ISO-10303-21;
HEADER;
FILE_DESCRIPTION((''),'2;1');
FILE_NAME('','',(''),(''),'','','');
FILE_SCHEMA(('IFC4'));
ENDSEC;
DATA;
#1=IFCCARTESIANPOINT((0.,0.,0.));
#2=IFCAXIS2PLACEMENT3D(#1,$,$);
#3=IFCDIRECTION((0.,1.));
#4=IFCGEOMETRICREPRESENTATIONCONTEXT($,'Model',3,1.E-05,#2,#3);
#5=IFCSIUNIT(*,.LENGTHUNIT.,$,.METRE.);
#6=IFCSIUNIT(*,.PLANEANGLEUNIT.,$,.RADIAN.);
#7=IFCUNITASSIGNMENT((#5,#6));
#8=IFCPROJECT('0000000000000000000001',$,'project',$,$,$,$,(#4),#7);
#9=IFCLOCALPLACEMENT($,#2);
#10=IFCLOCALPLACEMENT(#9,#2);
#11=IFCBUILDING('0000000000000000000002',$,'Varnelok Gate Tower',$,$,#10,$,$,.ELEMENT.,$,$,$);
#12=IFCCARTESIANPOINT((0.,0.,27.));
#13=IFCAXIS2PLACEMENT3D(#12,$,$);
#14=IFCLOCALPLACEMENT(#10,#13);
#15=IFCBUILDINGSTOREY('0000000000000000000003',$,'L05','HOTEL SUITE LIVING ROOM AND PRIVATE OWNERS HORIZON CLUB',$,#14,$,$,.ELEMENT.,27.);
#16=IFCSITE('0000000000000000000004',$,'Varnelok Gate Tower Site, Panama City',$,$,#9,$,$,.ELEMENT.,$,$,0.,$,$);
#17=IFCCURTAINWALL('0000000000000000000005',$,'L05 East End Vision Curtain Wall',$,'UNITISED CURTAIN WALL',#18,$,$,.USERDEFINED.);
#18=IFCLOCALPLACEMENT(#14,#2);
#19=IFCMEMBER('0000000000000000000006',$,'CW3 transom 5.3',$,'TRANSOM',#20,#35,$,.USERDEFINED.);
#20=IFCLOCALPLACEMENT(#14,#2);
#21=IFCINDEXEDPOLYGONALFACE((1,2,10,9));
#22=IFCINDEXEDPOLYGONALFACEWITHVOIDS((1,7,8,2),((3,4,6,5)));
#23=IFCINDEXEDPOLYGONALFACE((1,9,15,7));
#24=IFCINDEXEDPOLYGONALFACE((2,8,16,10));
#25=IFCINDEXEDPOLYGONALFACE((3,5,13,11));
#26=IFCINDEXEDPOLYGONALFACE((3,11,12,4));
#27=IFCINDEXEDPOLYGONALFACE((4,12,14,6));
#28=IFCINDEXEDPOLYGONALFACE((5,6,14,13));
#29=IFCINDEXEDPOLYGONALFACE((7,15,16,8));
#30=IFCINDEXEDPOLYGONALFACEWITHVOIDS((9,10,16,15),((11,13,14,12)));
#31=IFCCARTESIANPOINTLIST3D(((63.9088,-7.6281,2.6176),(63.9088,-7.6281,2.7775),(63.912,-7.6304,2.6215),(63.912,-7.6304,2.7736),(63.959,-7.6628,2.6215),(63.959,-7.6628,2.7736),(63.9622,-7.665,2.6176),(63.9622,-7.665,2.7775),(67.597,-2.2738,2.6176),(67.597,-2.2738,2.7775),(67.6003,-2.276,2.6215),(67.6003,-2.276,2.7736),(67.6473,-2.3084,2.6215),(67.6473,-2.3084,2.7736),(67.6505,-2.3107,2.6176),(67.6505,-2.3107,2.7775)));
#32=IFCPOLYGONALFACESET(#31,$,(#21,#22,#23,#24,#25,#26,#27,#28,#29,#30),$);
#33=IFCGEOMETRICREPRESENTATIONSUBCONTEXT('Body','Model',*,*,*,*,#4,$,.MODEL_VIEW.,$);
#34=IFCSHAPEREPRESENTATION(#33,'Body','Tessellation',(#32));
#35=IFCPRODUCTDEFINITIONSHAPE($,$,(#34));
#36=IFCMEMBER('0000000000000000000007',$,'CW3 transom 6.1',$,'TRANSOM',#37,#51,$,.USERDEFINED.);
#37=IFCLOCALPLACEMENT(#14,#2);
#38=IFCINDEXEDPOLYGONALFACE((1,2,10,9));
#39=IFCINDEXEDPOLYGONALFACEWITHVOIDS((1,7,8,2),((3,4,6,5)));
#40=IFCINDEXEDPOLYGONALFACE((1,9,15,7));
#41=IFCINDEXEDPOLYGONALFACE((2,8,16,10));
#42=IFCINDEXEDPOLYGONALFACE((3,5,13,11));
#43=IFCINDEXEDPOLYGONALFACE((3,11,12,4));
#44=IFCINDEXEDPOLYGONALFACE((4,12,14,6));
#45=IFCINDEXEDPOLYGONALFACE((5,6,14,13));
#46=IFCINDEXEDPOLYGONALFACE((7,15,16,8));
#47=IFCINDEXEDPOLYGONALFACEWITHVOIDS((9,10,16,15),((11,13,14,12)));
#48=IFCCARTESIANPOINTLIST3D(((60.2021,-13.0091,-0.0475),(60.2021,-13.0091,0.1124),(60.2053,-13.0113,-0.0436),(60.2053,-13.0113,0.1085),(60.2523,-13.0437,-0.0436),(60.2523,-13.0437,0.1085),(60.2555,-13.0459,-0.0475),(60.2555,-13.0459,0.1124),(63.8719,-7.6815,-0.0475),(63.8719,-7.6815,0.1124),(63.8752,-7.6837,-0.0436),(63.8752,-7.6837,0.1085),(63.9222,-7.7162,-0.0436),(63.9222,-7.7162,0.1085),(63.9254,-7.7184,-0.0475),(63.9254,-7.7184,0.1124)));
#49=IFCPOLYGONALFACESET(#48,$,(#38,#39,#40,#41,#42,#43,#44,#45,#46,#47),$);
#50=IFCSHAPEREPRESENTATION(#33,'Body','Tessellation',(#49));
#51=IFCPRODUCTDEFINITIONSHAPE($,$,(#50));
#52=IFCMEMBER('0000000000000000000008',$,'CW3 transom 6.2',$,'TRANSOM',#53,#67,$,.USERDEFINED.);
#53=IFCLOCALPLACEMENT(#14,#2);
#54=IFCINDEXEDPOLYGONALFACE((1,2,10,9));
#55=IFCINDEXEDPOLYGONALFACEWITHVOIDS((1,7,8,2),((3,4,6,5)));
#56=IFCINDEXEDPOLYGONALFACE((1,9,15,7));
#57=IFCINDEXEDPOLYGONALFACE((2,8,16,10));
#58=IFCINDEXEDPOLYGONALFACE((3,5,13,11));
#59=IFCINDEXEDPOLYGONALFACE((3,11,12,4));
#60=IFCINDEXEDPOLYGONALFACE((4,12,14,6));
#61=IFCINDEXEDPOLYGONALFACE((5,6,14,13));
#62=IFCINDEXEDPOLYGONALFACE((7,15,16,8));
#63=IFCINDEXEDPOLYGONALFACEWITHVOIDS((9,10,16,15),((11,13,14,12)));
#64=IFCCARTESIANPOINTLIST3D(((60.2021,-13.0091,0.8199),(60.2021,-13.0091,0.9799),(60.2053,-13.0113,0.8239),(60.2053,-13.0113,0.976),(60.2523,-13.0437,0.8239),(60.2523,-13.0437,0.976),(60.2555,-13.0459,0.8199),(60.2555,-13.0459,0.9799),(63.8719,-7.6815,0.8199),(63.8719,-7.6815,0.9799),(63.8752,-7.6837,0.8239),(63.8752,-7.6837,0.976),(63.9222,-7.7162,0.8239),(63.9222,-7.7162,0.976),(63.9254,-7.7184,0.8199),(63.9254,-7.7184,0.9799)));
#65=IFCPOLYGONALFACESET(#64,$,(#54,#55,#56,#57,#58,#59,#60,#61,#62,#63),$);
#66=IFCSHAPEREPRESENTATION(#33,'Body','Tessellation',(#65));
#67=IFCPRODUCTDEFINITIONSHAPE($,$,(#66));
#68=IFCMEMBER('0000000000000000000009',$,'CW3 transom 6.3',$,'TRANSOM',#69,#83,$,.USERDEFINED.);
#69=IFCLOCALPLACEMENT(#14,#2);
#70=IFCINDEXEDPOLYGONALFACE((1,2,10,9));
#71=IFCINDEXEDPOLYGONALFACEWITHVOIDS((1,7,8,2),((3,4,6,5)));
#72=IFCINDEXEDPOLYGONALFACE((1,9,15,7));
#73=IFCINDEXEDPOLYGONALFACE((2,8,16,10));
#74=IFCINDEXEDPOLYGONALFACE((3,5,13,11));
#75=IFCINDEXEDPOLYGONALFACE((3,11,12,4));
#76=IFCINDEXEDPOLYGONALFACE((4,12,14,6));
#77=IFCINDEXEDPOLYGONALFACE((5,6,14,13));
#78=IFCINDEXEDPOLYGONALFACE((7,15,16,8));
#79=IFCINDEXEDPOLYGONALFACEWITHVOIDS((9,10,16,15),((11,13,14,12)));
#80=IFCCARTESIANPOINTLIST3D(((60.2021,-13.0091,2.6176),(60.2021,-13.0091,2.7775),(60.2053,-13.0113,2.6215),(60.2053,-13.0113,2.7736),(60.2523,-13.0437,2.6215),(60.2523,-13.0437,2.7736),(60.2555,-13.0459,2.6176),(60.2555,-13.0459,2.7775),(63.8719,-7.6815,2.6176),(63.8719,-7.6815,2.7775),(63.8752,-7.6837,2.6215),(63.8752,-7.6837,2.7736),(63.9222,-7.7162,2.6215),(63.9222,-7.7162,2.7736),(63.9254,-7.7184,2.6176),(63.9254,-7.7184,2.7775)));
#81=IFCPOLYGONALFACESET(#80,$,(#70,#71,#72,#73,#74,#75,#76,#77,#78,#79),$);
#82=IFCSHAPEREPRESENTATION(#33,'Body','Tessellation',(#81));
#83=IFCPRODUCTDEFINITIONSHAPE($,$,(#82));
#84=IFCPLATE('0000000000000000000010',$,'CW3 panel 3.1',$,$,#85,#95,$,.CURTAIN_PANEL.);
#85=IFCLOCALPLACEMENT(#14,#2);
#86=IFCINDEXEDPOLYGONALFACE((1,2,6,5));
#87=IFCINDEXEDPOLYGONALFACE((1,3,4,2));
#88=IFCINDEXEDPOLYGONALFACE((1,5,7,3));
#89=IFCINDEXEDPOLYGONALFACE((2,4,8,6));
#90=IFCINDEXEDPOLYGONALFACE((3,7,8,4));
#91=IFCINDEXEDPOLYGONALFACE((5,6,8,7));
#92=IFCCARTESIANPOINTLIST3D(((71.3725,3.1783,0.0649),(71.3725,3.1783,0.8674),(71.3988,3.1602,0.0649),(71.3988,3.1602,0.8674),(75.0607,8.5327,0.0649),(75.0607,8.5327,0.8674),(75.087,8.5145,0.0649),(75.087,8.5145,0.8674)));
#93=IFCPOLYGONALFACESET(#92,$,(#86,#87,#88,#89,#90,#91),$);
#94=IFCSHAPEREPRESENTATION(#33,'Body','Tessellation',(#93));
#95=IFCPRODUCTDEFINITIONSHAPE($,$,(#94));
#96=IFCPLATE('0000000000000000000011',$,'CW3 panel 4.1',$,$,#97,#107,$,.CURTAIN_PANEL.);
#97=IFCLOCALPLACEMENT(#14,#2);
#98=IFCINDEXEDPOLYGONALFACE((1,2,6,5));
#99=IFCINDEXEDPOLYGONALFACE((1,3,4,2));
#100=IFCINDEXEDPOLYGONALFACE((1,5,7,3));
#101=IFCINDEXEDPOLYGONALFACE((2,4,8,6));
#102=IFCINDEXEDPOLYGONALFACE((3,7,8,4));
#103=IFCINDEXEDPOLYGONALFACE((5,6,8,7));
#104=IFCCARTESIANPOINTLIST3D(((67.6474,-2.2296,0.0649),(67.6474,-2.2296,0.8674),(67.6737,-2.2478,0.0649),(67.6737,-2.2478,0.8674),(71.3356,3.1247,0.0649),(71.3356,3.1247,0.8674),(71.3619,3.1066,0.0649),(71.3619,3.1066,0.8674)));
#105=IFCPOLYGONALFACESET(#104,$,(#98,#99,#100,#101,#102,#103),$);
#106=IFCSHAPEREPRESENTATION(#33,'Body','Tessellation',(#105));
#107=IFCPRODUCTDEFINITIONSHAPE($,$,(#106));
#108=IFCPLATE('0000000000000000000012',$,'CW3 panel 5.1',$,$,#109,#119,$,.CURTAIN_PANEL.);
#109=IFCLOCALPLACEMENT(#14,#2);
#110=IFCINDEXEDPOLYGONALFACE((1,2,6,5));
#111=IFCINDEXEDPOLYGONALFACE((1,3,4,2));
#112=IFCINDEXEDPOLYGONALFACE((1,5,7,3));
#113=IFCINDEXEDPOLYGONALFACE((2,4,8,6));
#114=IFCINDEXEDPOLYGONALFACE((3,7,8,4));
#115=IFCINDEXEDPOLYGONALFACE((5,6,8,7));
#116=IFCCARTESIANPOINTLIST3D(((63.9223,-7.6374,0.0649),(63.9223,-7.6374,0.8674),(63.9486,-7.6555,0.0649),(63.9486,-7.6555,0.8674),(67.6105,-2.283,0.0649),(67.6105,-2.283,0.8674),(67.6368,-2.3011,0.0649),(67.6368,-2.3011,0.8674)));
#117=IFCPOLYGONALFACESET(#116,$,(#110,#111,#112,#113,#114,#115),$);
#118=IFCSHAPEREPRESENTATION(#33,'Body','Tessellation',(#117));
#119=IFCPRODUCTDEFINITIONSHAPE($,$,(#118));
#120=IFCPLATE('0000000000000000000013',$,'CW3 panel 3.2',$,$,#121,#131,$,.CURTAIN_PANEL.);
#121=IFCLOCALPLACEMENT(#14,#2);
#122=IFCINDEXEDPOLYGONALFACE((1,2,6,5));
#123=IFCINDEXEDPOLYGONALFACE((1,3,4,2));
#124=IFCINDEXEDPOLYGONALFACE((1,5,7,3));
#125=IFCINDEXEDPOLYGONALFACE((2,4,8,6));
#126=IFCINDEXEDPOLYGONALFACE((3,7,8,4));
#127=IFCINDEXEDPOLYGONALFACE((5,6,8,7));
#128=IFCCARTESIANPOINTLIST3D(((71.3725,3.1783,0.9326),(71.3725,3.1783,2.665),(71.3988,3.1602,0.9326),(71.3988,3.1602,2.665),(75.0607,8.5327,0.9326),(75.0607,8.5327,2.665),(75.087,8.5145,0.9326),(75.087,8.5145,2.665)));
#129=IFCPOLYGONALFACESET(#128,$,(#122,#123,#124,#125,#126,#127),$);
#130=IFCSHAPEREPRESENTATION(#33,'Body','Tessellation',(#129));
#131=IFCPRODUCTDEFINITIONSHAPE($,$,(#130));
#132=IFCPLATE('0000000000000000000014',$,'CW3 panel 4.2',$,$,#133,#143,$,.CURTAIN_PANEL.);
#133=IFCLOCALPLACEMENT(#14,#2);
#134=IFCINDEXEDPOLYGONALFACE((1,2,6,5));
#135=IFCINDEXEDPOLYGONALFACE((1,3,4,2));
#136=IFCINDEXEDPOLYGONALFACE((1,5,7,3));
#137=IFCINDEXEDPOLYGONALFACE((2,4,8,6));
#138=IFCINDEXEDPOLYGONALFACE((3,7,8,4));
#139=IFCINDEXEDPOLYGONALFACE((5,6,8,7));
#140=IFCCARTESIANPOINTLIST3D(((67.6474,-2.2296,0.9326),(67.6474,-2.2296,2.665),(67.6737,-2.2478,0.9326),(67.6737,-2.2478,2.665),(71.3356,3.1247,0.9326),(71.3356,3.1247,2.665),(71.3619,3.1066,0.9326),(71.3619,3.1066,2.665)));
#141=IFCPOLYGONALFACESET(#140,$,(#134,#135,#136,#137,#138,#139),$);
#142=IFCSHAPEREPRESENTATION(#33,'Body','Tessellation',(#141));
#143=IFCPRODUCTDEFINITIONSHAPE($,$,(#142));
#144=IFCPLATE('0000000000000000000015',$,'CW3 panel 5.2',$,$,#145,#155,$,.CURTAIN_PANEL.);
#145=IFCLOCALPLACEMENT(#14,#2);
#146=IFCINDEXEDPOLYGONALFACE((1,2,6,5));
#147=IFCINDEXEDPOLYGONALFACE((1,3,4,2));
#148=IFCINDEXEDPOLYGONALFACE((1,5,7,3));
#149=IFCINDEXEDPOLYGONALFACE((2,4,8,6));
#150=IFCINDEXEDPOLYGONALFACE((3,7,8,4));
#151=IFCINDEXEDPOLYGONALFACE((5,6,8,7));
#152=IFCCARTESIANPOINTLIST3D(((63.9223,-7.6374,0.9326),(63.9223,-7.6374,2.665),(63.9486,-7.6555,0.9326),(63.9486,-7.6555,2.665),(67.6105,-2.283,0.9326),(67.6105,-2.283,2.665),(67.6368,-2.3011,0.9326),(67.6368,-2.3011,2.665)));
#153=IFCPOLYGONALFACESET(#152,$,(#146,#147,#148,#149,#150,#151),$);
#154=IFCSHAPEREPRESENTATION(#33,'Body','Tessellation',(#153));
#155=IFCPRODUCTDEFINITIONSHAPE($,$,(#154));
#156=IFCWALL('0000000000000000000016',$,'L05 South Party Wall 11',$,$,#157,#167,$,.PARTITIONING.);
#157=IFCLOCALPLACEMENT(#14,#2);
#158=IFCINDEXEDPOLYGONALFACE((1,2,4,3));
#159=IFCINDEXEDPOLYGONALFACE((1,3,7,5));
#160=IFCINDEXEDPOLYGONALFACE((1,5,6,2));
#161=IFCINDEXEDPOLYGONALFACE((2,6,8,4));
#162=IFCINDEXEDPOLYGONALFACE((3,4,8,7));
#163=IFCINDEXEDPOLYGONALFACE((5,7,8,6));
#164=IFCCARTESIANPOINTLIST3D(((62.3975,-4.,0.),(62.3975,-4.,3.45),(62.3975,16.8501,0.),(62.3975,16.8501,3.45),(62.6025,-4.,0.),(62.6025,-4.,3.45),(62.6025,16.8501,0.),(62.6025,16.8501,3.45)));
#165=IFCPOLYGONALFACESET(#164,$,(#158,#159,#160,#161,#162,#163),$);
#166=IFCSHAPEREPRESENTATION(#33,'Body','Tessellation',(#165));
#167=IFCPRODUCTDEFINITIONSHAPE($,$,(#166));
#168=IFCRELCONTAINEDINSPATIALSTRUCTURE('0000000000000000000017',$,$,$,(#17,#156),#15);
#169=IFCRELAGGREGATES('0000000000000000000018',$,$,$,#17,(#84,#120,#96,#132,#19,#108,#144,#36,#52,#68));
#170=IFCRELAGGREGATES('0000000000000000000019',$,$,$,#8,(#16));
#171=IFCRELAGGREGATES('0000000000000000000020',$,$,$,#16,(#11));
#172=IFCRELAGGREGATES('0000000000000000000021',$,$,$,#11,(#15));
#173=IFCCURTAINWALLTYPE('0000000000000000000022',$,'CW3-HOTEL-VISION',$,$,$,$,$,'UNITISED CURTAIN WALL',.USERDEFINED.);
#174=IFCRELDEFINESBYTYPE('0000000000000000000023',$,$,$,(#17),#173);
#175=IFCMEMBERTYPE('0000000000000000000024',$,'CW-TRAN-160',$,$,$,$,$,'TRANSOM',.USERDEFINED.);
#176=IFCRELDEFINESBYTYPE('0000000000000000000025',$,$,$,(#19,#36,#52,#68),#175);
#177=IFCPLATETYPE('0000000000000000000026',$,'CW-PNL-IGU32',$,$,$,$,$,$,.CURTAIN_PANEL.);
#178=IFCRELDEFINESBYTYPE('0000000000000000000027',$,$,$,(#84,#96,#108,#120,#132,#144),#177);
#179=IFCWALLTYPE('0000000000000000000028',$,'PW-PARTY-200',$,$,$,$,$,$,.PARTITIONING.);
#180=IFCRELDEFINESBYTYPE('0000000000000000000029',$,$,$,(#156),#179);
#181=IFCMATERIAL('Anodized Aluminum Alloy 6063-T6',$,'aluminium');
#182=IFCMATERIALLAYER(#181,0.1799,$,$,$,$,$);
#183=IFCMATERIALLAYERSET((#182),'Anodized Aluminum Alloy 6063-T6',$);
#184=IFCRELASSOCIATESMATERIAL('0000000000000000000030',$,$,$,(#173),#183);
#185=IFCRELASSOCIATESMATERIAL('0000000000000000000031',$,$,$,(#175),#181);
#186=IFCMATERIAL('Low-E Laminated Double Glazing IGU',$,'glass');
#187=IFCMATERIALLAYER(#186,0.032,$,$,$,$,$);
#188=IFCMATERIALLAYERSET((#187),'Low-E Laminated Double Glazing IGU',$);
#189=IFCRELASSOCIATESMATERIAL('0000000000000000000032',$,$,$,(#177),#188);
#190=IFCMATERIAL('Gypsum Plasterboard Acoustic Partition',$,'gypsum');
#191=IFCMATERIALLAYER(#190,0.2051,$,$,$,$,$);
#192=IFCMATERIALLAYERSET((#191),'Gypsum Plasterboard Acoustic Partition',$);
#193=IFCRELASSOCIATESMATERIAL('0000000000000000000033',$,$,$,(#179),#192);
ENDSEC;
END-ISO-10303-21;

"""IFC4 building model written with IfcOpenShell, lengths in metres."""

from ifc_helpers import new_model, si_unit, direction, frame, frame_2d, origin, origin_2d, place, context, subcontext, project, spatial, rectangle, hollow_rectangle, extrude, source, transform, mapped, material, layer, layer_set, material_profile, profile_set, type_object, element, aggregate, save


model = new_model("IFC4")

# Units and contexts
model_context = context("Model", 3, precision=1e-05, world=origin(), true_north=direction((0.0, 1.0)))
body_context = subcontext(model_context, "Body", "Model", "MODEL_VIEW")
ifc_project = project(units=[si_unit("LENGTHUNIT", "METRE"), si_unit("PLANEANGLEUNIT", "RADIAN")], contexts=[model_context])

# Site, building, storey
site_placement = place(None, origin())
site = spatial("IfcSite", under=ifc_project, at=site_placement, Name="Varnelok Gate Tower Site, Panama City", CompositionType="ELEMENT", RefElevation=0.0)
building_placement = place(site_placement, origin())
building = spatial("IfcBuilding", under=site, at=building_placement, Name="Varnelok Gate Tower", CompositionType="ELEMENT")
storey_placement = place(building_placement, frame((0.0, 0.0, 27.0)))
storey = spatial("IfcBuildingStorey", under=building, at=storey_placement, Name="L05", Description="HOTEL SUITE LIVING ROOM AND PRIVATE OWNERS HORIZON CLUB", CompositionType="ELEMENT", Elevation=27.0)

# Curtain wall, members, plates
ifc_material_1 = material(Name="Anodized Aluminum Alloy 6063-T6", Category="aluminium")
ifc_layer_1 = layer(ifc_material_1, 0.1799)
ifc_layer_set_1 = layer_set([ifc_layer_1], Name="Anodized Aluminum Alloy 6063-T6")
curtain_wall_type = type_object("IfcCurtainWallType", Name="CW3-HOTEL-VISION", ElementType="UNITISED CURTAIN WALL", PredefinedType="USERDEFINED", material=ifc_layer_set_1)
curtain_wall_placement = place(storey_placement, origin())
curtain_wall = element("IfcCurtainWall", 1, at=curtain_wall_placement, inside=storey, type_object=curtain_wall_type, Name="L05 East End Vision Curtain Wall", ObjectType="UNITISED CURTAIN WALL", PredefinedType="USERDEFINED")
ifc_material_profile_1 = material_profile(ifc_material_1, hollow_rectangle(XDim=0.0649, YDim=0.1599, WallThickness=0.0039, at=origin_2d()), Name="ALU160X65X4")
ifc_profile_set_1 = profile_set([ifc_material_profile_1], Name="Anodized Aluminum Alloy 6063-T6")
member_type_1 = type_object("IfcMemberType", Name="CW-TRAN-160", ElementType="TRANSOM", PredefinedType="USERDEFINED", material=ifc_profile_set_1)
member_1_placement = place(storey_placement, frame((67.6238, -2.2922, 2.6975), z_axis=(-0.567279, -0.823526, 0.0), x_axis=(0.823526, -0.567279, 0.0)))
member_1 = element("IfcMember", 2, at=member_1_placement, type_object=member_type_1, Name="CW3 transom 5.3", ObjectType="TRANSOM", PredefinedType="USERDEFINED", context=body_context, shape_type="SweptSolid", body=[
    extrude(hollow_rectangle(XDim=0.0649, YDim=0.1599, WallThickness=0.0039, at=origin_2d()), origin(), (0.0, 0.0, 1.0), 6.5017),
])
member_2_placement = place(storey_placement, frame((63.8987, -7.7, 0.0325), z_axis=(-0.567281, -0.823524, 0.0), x_axis=(0.823524, -0.567281, 0.0)))
member_2 = element("IfcMember", 3, at=member_2_placement, type_object=member_type_1, Name="CW3 transom 6.1", ObjectType="TRANSOM", PredefinedType="USERDEFINED", context=body_context, shape_type="SweptSolid", body=[
    extrude(hollow_rectangle(XDim=0.0649, YDim=0.1599, WallThickness=0.0039, at=origin_2d()), origin(), (0.0, 0.0, 1.0), 6.4692),
])
member_3_placement = place(storey_placement, frame((63.8987, -7.7, 0.8999), z_axis=(-0.567281, -0.823524, 0.0), x_axis=(0.823524, -0.567281, 0.0)))
member_3 = element("IfcMember", 4, at=member_3_placement, type_object=member_type_1, Name="CW3 transom 6.2", ObjectType="TRANSOM", PredefinedType="USERDEFINED", context=body_context, shape_type="SweptSolid", body=[
    extrude(hollow_rectangle(XDim=0.0649, YDim=0.1599, WallThickness=0.0039, at=origin_2d()), origin(), (0.0, 0.0, 1.0), 6.4692),
])
member_4_placement = place(storey_placement, frame((63.8987, -7.7, 2.6975), z_axis=(-0.567281, -0.823524, 0.0), x_axis=(0.823524, -0.567281, 0.0)))
member_4 = element("IfcMember", 5, at=member_4_placement, type_object=member_type_1, Name="CW3 transom 6.3", ObjectType="TRANSOM", PredefinedType="USERDEFINED", context=body_context, shape_type="SweptSolid", body=[
    extrude(hollow_rectangle(XDim=0.0649, YDim=0.1599, WallThickness=0.0039, at=origin_2d()), origin(), (0.0, 0.0, 1.0), 6.4692),
])
ifc_material_2 = material(Name="Low-E Laminated Double Glazing IGU", Category="glass")
ifc_layer_2 = layer(ifc_material_2, 0.032)
ifc_layer_set_2 = layer_set([ifc_layer_2], Name="Low-E Laminated Double Glazing IGU")
plate_type = type_object("IfcPlateType", Name="CW-PNL-IGU32", PredefinedType="CURTAIN_PANEL", material=ifc_layer_set_2)
shared_shape_1 = source(origin(), body_context, "Body", "SweptSolid", [
    extrude(rectangle(XDim=6.5017, YDim=0.032, at=origin_2d()), origin(), (0.0, 0.0, 1.0), 0.8025),
])
plate_1_placement = place(storey_placement, frame((73.2297, 5.8464, 0.0649), z_axis=(0.0, 0.0, 1.0), x_axis=(-0.567269, -0.823533, 0.0)))
plate_1 = element("IfcPlate", 6, at=plate_1_placement, type_object=plate_type, Name="CW3 panel 3.1", PredefinedType="CURTAIN_PANEL", context=body_context, shape_type="MappedRepresentation", body=[
    mapped(shared_shape_1, transform((0.0, 0.0, 0.0), scale=1.0)),
])
plate_2_placement = place(storey_placement, frame((69.5046, 0.4385, 0.0649), z_axis=(0.0, 0.0, 1.0), x_axis=(-0.567269, -0.823533, 0.0)))
plate_2 = element("IfcPlate", 7, at=plate_2_placement, type_object=plate_type, Name="CW3 panel 4.1", PredefinedType="CURTAIN_PANEL", context=body_context, shape_type="MappedRepresentation", body=[
    mapped(shared_shape_1, transform((0.0, 0.0, 0.0), scale=1.0)),
])
plate_3_placement = place(storey_placement, frame((65.7795, -4.9692, 0.0649), z_axis=(0.0, 0.0, 1.0), x_axis=(-0.567269, -0.823533, 0.0)))
plate_3 = element("IfcPlate", 8, at=plate_3_placement, type_object=plate_type, Name="CW3 panel 5.1", PredefinedType="CURTAIN_PANEL", context=body_context, shape_type="MappedRepresentation", body=[
    mapped(shared_shape_1, transform((0.0, 0.0, 0.0), scale=1.0)),
])
shared_shape_2 = source(origin(), body_context, "Body", "SweptSolid", [
    extrude(rectangle(XDim=6.5017, YDim=0.032, at=origin_2d()), origin(), (0.0, 0.0, 1.0), 1.7324),
])
plate_4_placement = place(storey_placement, frame((73.2297, 5.8464, 0.9326), z_axis=(0.0, 0.0, 1.0), x_axis=(-0.567269, -0.823533, 0.0)))
plate_4 = element("IfcPlate", 9, at=plate_4_placement, type_object=plate_type, Name="CW3 panel 3.2", PredefinedType="CURTAIN_PANEL", context=body_context, shape_type="MappedRepresentation", body=[
    mapped(shared_shape_2, transform((0.0, 0.0, 0.0), scale=1.0)),
])
plate_5_placement = place(storey_placement, frame((69.5046, 0.4385, 0.9326), z_axis=(0.0, 0.0, 1.0), x_axis=(-0.567269, -0.823533, 0.0)))
plate_5 = element("IfcPlate", 10, at=plate_5_placement, type_object=plate_type, Name="CW3 panel 4.2", PredefinedType="CURTAIN_PANEL", context=body_context, shape_type="MappedRepresentation", body=[
    mapped(shared_shape_2, transform((0.0, 0.0, 0.0), scale=1.0)),
])
plate_6_placement = place(storey_placement, frame((65.7795, -4.9692, 0.9326), z_axis=(0.0, 0.0, 1.0), x_axis=(-0.567269, -0.823533, 0.0)))
plate_6 = element("IfcPlate", 11, at=plate_6_placement, type_object=plate_type, Name="CW3 panel 5.2", PredefinedType="CURTAIN_PANEL", context=body_context, shape_type="MappedRepresentation", body=[
    mapped(shared_shape_2, transform((0.0, 0.0, 0.0), scale=1.0)),
])
aggregate(curtain_wall, [plate_1, plate_4, plate_2, plate_5, member_1, plate_3, plate_6, member_2, member_3, member_4])

# Wall
ifc_material_3 = material(Name="Gypsum Plasterboard Acoustic Partition", Category="gypsum")
ifc_layer_3 = layer(ifc_material_3, 0.2051)
ifc_layer_set_3 = layer_set([ifc_layer_3], Name="Gypsum Plasterboard Acoustic Partition")
wall_type = type_object("IfcWallType", Name="PW-PARTY-200", PredefinedType="PARTITIONING", material=ifc_layer_set_3)
wall_placement = place(storey_placement, frame((62.5, -4.0, 0.0), z_axis=(0.0, 0.0, 1.0), x_axis=(0.0, 1.0, 0.0)))
element("IfcWall", 12, at=wall_placement, inside=storey, type_object=wall_type, Name="L05 South Party Wall 11", PredefinedType="PARTITIONING", context=body_context, shape_type="SweptSolid", body=[
    extrude(rectangle(XDim=20.8501, YDim=0.2051, at=frame_2d((10.425, 0.0))), origin(), (0.0, 0.0, 1.0), 3.45),
])

save(model, "model.ifc")
